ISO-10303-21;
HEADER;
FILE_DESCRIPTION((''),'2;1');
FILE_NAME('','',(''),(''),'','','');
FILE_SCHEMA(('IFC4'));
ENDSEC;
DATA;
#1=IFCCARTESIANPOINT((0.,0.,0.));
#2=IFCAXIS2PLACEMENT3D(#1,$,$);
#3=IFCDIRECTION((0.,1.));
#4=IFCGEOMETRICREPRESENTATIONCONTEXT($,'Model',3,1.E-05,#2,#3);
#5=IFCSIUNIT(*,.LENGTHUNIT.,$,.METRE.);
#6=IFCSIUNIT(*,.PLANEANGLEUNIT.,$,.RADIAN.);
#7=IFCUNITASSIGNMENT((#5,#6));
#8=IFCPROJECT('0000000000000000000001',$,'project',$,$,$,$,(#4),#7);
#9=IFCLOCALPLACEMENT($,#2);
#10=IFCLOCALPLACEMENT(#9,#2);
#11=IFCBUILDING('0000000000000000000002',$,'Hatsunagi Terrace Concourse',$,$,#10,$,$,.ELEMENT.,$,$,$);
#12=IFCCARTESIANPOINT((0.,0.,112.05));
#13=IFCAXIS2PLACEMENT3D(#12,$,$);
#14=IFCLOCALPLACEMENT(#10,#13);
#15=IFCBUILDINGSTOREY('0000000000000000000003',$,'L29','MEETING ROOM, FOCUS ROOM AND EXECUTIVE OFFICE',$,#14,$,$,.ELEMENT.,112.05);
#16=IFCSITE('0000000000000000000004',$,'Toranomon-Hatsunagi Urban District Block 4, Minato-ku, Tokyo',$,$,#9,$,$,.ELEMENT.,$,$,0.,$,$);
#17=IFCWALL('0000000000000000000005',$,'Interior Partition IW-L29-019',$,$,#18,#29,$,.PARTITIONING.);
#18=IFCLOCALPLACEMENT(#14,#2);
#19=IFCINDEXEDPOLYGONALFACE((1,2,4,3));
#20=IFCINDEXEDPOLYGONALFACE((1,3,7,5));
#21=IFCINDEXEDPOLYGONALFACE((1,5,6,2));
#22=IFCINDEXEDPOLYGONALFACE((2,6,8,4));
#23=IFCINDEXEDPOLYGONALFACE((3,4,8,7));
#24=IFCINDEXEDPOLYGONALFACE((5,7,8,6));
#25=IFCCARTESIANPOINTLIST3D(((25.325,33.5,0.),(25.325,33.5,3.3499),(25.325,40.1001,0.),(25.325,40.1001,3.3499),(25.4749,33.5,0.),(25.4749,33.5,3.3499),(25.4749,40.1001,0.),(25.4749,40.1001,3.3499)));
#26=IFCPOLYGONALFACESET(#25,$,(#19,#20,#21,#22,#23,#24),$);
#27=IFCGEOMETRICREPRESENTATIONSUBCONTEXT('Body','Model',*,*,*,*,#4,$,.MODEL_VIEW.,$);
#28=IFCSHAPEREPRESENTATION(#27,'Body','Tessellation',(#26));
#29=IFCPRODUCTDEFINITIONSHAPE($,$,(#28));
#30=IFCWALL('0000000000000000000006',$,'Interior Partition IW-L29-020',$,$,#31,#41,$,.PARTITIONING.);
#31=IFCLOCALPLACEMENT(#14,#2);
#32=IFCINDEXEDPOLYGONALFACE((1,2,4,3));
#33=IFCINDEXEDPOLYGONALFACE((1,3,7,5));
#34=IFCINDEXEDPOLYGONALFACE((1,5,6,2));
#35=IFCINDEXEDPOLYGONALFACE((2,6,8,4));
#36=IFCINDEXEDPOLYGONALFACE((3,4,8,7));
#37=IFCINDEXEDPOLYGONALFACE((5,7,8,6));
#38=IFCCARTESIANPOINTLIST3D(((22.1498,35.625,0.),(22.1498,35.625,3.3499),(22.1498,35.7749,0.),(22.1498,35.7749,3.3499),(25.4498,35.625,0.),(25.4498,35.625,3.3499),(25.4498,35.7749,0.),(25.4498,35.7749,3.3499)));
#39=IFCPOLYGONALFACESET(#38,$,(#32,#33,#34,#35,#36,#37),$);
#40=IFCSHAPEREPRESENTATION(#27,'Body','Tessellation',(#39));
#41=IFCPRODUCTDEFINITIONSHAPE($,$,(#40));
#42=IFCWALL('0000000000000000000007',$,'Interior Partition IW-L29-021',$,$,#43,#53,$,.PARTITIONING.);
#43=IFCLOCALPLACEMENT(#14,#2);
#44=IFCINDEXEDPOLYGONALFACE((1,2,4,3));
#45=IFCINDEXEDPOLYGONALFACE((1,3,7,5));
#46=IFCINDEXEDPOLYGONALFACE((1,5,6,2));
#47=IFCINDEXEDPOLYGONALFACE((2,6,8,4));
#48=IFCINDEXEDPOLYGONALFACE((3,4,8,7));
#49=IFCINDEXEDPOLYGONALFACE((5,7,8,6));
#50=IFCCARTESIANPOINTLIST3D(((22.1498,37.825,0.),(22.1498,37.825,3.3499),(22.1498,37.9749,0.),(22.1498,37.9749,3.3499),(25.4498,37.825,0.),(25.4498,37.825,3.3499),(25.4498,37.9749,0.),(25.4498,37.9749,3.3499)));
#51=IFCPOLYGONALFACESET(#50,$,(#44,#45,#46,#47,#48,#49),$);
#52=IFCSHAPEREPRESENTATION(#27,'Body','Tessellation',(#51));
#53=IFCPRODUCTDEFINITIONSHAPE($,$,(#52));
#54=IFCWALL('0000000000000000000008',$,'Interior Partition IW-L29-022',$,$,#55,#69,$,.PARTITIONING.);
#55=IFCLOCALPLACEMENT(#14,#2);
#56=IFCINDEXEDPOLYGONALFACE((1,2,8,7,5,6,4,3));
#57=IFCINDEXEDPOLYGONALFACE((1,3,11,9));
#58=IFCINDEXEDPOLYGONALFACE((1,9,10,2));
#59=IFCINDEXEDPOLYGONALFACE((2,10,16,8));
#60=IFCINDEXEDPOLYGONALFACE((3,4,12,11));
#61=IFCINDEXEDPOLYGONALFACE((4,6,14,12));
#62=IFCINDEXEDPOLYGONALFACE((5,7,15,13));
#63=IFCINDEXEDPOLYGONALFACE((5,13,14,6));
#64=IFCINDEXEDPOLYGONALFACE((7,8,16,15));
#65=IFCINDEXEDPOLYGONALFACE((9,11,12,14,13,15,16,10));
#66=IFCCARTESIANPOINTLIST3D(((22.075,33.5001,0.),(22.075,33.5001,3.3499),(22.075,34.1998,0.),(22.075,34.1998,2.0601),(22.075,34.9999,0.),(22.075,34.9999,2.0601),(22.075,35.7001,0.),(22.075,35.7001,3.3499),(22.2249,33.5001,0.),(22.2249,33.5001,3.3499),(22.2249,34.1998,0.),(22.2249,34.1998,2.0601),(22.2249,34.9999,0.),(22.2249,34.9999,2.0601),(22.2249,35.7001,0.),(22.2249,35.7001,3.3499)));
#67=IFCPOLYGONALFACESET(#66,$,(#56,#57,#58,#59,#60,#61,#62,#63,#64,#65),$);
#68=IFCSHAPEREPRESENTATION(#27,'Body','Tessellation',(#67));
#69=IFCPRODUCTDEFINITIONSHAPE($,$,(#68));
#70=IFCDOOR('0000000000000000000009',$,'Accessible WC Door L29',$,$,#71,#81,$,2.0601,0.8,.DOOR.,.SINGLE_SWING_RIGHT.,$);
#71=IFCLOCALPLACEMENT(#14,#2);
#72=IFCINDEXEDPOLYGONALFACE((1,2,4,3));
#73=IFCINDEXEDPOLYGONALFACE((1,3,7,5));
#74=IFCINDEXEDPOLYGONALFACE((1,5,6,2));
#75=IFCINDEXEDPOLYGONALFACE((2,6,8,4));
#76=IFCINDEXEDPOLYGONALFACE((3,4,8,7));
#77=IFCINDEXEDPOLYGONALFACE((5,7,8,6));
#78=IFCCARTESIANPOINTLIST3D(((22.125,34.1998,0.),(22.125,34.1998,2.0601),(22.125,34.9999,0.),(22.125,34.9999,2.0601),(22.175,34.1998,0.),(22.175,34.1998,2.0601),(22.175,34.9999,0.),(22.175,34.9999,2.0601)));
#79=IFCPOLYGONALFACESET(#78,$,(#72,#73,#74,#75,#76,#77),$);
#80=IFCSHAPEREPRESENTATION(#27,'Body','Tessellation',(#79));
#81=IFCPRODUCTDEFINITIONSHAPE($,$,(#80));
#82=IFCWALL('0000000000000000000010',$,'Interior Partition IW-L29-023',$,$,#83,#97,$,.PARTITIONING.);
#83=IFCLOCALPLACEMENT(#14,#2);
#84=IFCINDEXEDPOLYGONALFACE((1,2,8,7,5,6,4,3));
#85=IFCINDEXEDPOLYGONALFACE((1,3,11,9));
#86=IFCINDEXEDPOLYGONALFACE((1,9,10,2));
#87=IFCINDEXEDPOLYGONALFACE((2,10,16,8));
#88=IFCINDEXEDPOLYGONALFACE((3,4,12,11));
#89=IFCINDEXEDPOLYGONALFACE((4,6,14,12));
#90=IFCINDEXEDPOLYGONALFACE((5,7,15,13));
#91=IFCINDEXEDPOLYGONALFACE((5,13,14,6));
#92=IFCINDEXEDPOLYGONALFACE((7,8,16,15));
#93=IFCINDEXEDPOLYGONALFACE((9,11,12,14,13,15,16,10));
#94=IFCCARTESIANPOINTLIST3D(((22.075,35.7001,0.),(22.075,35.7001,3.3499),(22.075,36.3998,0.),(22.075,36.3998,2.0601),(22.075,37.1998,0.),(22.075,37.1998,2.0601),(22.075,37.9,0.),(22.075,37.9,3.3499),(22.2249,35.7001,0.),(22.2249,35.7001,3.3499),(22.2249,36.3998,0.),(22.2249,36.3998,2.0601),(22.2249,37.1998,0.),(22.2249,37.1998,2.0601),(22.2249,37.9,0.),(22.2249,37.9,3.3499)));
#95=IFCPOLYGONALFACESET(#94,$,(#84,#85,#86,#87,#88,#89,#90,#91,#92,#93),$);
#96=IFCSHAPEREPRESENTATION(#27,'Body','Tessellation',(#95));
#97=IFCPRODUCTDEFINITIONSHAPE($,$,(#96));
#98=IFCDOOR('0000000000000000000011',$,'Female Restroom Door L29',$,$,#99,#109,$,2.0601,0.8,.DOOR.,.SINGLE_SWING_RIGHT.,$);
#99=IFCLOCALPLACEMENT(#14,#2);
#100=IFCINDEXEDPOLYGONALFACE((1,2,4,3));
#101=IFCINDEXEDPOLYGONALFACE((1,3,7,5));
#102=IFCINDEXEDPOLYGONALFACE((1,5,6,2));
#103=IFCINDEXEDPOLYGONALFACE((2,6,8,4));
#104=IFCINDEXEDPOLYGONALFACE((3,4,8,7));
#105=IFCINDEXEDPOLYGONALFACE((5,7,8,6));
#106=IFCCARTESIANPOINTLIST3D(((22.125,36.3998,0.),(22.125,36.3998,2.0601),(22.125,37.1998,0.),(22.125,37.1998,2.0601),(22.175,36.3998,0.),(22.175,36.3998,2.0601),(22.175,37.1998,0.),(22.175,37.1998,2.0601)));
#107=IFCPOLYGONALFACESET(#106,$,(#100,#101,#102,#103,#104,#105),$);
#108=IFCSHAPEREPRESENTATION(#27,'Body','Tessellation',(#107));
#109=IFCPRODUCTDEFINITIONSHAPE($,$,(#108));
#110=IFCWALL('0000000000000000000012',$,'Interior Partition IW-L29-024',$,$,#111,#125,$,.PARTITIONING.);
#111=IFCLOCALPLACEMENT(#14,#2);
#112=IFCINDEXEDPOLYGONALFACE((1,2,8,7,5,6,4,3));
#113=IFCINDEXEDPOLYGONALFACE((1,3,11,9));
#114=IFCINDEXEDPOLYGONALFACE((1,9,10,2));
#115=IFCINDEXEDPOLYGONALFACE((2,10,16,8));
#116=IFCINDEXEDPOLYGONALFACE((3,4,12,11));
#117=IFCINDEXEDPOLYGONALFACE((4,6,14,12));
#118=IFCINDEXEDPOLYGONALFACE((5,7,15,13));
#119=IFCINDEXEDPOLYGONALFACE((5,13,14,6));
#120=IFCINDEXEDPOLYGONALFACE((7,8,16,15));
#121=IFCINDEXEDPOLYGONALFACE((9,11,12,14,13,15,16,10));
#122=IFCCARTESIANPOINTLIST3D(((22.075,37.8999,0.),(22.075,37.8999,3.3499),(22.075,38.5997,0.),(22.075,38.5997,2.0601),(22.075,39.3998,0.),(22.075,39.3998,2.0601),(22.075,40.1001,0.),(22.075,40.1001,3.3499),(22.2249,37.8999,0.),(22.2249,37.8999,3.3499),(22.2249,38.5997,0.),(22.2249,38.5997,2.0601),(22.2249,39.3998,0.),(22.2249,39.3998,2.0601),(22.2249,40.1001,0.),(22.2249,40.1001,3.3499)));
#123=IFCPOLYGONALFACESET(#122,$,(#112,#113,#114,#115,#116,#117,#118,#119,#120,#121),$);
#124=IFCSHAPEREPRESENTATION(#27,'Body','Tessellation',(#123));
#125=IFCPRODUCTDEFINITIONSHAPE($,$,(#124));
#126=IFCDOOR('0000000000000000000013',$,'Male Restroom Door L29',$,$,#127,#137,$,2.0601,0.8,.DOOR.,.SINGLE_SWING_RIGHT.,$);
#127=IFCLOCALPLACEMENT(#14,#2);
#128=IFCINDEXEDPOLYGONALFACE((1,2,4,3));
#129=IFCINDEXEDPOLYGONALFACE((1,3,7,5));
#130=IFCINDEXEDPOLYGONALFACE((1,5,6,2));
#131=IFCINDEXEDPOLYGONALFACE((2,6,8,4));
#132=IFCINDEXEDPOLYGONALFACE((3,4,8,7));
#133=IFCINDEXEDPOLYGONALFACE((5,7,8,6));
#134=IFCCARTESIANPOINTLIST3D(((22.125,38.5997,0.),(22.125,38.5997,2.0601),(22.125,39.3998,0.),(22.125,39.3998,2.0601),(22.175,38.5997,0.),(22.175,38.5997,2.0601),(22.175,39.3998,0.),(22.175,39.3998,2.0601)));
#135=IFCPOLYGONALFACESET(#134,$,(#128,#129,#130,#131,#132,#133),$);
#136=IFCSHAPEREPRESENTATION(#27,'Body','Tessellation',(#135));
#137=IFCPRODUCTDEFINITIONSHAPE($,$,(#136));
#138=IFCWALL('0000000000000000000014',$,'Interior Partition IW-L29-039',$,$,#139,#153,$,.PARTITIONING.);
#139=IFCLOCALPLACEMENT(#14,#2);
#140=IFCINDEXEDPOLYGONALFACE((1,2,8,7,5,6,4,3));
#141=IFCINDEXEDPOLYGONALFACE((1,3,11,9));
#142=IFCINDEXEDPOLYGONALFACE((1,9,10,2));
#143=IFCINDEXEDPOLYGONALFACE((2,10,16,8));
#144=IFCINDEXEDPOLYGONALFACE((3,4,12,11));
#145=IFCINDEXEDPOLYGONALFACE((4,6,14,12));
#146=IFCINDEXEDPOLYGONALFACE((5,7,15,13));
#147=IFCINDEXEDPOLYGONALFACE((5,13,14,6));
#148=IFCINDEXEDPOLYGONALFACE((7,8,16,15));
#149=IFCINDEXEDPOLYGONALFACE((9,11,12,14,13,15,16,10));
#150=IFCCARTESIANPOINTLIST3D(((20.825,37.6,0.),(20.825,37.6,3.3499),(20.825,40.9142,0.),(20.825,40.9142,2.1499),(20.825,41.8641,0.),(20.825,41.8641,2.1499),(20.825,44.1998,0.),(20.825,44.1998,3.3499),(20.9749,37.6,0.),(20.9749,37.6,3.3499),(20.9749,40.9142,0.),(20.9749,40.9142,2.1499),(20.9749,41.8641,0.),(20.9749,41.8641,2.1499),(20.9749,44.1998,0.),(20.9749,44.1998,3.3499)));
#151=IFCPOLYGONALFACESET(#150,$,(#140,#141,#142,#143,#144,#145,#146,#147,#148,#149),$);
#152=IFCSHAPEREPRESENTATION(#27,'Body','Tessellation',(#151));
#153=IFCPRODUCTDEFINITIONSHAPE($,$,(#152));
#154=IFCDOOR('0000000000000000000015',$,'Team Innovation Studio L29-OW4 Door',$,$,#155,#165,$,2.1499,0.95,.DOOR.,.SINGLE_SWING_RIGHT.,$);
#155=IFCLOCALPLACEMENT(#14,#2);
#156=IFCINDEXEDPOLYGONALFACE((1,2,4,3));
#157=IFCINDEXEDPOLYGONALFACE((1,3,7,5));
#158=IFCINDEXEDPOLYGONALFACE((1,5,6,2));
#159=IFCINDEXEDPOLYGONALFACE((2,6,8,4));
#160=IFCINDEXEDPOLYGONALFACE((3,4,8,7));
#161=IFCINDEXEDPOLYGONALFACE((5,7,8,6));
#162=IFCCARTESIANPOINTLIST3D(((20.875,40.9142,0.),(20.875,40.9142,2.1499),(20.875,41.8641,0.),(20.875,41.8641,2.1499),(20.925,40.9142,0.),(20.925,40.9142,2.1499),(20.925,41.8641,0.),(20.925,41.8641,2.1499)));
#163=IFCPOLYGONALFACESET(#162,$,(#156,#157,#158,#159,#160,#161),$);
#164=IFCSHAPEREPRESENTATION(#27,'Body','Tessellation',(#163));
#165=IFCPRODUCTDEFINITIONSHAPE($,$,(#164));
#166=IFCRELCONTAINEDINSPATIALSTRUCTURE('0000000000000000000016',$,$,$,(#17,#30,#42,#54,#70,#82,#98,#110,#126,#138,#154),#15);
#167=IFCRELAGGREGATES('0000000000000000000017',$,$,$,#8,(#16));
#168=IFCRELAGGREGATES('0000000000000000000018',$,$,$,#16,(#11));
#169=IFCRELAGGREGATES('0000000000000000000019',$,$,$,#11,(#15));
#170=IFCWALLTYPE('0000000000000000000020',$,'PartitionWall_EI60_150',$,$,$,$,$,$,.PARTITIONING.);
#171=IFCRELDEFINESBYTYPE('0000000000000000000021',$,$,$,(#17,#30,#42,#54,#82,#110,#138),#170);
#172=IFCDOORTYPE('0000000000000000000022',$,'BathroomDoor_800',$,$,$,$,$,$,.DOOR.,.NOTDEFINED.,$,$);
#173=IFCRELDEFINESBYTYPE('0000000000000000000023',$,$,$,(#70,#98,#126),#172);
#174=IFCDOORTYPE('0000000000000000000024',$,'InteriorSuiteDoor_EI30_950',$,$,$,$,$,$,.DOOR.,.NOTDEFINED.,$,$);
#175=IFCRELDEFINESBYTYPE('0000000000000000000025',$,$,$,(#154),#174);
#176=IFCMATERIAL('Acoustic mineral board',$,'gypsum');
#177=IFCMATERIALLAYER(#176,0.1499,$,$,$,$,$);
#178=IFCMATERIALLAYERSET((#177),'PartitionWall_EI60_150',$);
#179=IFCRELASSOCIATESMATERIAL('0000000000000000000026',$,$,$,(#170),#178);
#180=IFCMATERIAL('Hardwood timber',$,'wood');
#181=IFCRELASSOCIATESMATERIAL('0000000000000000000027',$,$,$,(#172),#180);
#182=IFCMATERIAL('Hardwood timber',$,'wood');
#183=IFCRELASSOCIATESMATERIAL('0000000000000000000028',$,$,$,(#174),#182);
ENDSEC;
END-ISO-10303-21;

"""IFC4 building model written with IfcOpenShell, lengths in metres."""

from ifc_helpers import new_model, si_unit, direction, frame, frame_2d, origin, place, context, subcontext, project, spatial, rectangle, extrude, material, layer, layer_set, type_object, element, fill, save


model = new_model("IFC4")

# Units and contexts
model_context = context("Model", 3, precision=1e-05, world=origin(), true_north=direction((0.0, 1.0)))
body_context = subcontext(model_context, "Body", "Model", "MODEL_VIEW")
ifc_project = project(units=[si_unit("LENGTHUNIT", "METRE"), si_unit("PLANEANGLEUNIT", "RADIAN")], contexts=[model_context])

# Site, building, storey
site_placement = place(None, origin())
site = spatial("IfcSite", under=ifc_project, at=site_placement, Name="Toranomon-Hatsunagi Urban District Block 4, Minato-ku, Tokyo", CompositionType="ELEMENT", RefElevation=0.0)
building_placement = place(site_placement, origin())
building = spatial("IfcBuilding", under=site, at=building_placement, Name="Hatsunagi Terrace Concourse", CompositionType="ELEMENT")
storey_placement = place(building_placement, frame((0.0, 0.0, 112.05)))
storey = spatial("IfcBuildingStorey", under=building, at=storey_placement, Name="L29", Description="MEETING ROOM, FOCUS ROOM AND EXECUTIVE OFFICE", CompositionType="ELEMENT", Elevation=112.05)

# Walls
ifc_material_1 = material(Name="Acoustic mineral board", Category="gypsum")
ifc_layer_1 = layer(ifc_material_1, 0.1499)
ifc_layer_set_1 = layer_set([ifc_layer_1], Name="PartitionWall_EI60_150")
wall_type = type_object("IfcWallType", Name="PartitionWall_EI60_150", PredefinedType="PARTITIONING", material=ifc_layer_set_1)
wall_1_placement = place(storey_placement, frame((25.3999, 33.5, 0.0), z_axis=(0.0, 0.0, 1.0), x_axis=(0.0, 1.0, 0.0)))
element("IfcWall", 1, at=wall_1_placement, inside=storey, type_object=wall_type, Name="Interior Partition IW-L29-019", PredefinedType="PARTITIONING", context=body_context, shape_type="SweptSolid", body=[
    extrude(rectangle(XDim=6.6001, YDim=0.1499, at=frame_2d((3.3, 0.0))), origin(), (0.0, 0.0, 1.0), 3.3499),
])
for number, where, z_axis, x_axis, name in (
    (2, (22.1499, 35.7, 0.0), (0.0, 0.0, 1.0), (1.0, 0.0, 0.0), "Interior Partition IW-L29-020"),
    (3, (22.1499, 37.8999, 0.0), (0.0, 0.0, 1.0), (1.0, 0.0, 0.0), "Interior Partition IW-L29-021"),
):
    element("IfcWall", number, at=place(storey_placement, frame(where, z_axis=z_axis, x_axis=x_axis)), inside=storey, type_object=wall_type, Name=name, PredefinedType="PARTITIONING", context=body_context, shape_type="SweptSolid", body=[
        extrude(rectangle(XDim=3.3, YDim=0.1499, at=frame_2d((1.6499, 0.0))), origin(), (0.0, 0.0, 1.0), 3.3499),
    ])

# Walls, openings, doors
wall_2_placement = place(storey_placement, frame((22.1499, 33.5, 0.0), z_axis=(0.0, 0.0, 1.0), x_axis=(0.0, 1.0, 0.0)))
wall_2 = element("IfcWall", 4, at=wall_2_placement, inside=storey, type_object=wall_type, Name="Interior Partition IW-L29-022", PredefinedType="PARTITIONING", context=body_context, shape_type="SweptSolid", body=[
    extrude(rectangle(XDim=2.2, YDim=0.1499, at=frame_2d((1.1001, 0.0))), origin(), (0.0, 0.0, 1.0), 3.3499),
])
opening_1_placement = place(wall_2_placement, frame((0.7, 0.0, 0.0)))
opening_1 = element("IfcOpeningElement", 5, at=opening_1_placement, cuts=wall_2, PredefinedType="OPENING", context=body_context, shape_type="SweptSolid", body=[
    extrude(rectangle(XDim=0.8, YDim=2.0601, at=frame_2d((0.3999, 1.03))), frame((0.0, 0.085, 0.0), z_axis=(0.0, -1.0, 0.0), x_axis=(1.0, 0.0, 0.0)), (0.0, 0.0, 1.0), 0.1699),
])
ifc_material_2 = material(Name="Hardwood timber", Category="wood")
door_type_1 = type_object("IfcDoorType", Name="BathroomDoor_800", OperationType="NOTDEFINED", PredefinedType="DOOR", material=ifc_material_2)
door_1_placement = place(opening_1_placement, origin())
door_1 = element("IfcDoor", 6, at=door_1_placement, inside=storey, type_object=door_type_1, Name="Accessible WC Door L29", OperationType="SINGLE_SWING_RIGHT", OverallHeight=2.0601, OverallWidth=0.8, PredefinedType="DOOR", context=body_context, shape_type="SweptSolid", body=[
    extrude(rectangle(XDim=0.8, YDim=2.0601, at=frame_2d((0.3999, 1.03))), frame((0.0, 0.0249, 0.0), z_axis=(0.0, -1.0, 0.0), x_axis=(1.0, 0.0, 0.0)), (0.0, 0.0, 1.0), 0.05),
])
fill(opening_1, door_1)
wall_3_placement = place(storey_placement, frame((22.1499, 35.7, 0.0), z_axis=(0.0, 0.0, 1.0), x_axis=(0.0, 1.0, 0.0)))
wall_3 = element("IfcWall", 7, at=wall_3_placement, inside=storey, type_object=wall_type, Name="Interior Partition IW-L29-023", PredefinedType="PARTITIONING", context=body_context, shape_type="SweptSolid", body=[
    extrude(rectangle(XDim=2.2, YDim=0.1499, at=frame_2d((1.1001, 0.0))), origin(), (0.0, 0.0, 1.0), 3.3499),
])
opening_2_placement = place(wall_3_placement, frame((0.7, 0.0, 0.0)))
opening_2 = element("IfcOpeningElement", 8, at=opening_2_placement, cuts=wall_3, PredefinedType="OPENING", context=body_context, shape_type="SweptSolid", body=[
    extrude(rectangle(XDim=0.8, YDim=2.0601, at=frame_2d((0.3999, 1.03))), frame((0.0, 0.085, 0.0), z_axis=(0.0, -1.0, 0.0), x_axis=(1.0, 0.0, 0.0)), (0.0, 0.0, 1.0), 0.1699),
])
door_2_placement = place(opening_2_placement, origin())
door_2 = element("IfcDoor", 9, at=door_2_placement, inside=storey, type_object=door_type_1, Name="Female Restroom Door L29", OperationType="SINGLE_SWING_RIGHT", OverallHeight=2.0601, OverallWidth=0.8, PredefinedType="DOOR", context=body_context, shape_type="SweptSolid", body=[
    extrude(rectangle(XDim=0.8, YDim=2.0601, at=frame_2d((0.3999, 1.03))), frame((0.0, 0.0249, 0.0), z_axis=(0.0, -1.0, 0.0), x_axis=(1.0, 0.0, 0.0)), (0.0, 0.0, 1.0), 0.05),
])
fill(opening_2, door_2)
wall_4_placement = place(storey_placement, frame((22.1499, 37.8999, 0.0), z_axis=(0.0, 0.0, 1.0), x_axis=(0.0, 1.0, 0.0)))
wall_4 = element("IfcWall", 10, at=wall_4_placement, inside=storey, type_object=wall_type, Name="Interior Partition IW-L29-024", PredefinedType="PARTITIONING", context=body_context, shape_type="SweptSolid", body=[
    extrude(rectangle(XDim=2.2002, YDim=0.1499, at=frame_2d((1.1001, 0.0))), origin(), (0.0, 0.0, 1.0), 3.3499),
])
opening_3_placement = place(wall_4_placement, frame((0.7, 0.0, 0.0)))
opening_3 = element("IfcOpeningElement", 11, at=opening_3_placement, cuts=wall_4, PredefinedType="OPENING", context=body_context, shape_type="SweptSolid", body=[
    extrude(rectangle(XDim=0.8, YDim=2.0601, at=frame_2d((0.3999, 1.03))), frame((0.0, 0.085, 0.0), z_axis=(0.0, -1.0, 0.0), x_axis=(1.0, 0.0, 0.0)), (0.0, 0.0, 1.0), 0.1699),
])
door_3_placement = place(opening_3_placement, origin())
door_3 = element("IfcDoor", 12, at=door_3_placement, inside=storey, type_object=door_type_1, Name="Male Restroom Door L29", OperationType="SINGLE_SWING_RIGHT", OverallHeight=2.0601, OverallWidth=0.8, PredefinedType="DOOR", context=body_context, shape_type="SweptSolid", body=[
    extrude(rectangle(XDim=0.8, YDim=2.0601, at=frame_2d((0.3999, 1.03))), frame((0.0, 0.0249, 0.0), z_axis=(0.0, -1.0, 0.0), x_axis=(1.0, 0.0, 0.0)), (0.0, 0.0, 1.0), 0.05),
])
fill(opening_3, door_3)
wall_5_placement = place(storey_placement, frame((20.8999, 37.6001, 0.0), z_axis=(0.0, 0.0, 1.0), x_axis=(0.0, 1.0, 0.0)))
wall_5 = element("IfcWall", 13, at=wall_5_placement, inside=storey, type_object=wall_type, Name="Interior Partition IW-L29-039", PredefinedType="PARTITIONING", context=body_context, shape_type="SweptSolid", body=[
    extrude(rectangle(XDim=6.5999, YDim=0.1499, at=frame_2d((3.2998, 0.0))), origin(), (0.0, 0.0, 1.0), 3.3499),
])
opening_4_placement = place(wall_5_placement, frame((3.314, 0.0, 0.0)))
opening_4 = element("IfcOpeningElement", 14, at=opening_4_placement, cuts=wall_5, PredefinedType="OPENING", context=body_context, shape_type="SweptSolid", body=[
    extrude(rectangle(XDim=0.95, YDim=2.1499, at=frame_2d((0.4751, 1.075))), frame((0.0, 0.085, 0.0), z_axis=(0.0, -1.0, 0.0), x_axis=(1.0, 0.0, 0.0)), (0.0, 0.0, 1.0), 0.1699),
])
ifc_material_3 = material(Name="Hardwood timber", Category="wood")
door_type_2 = type_object("IfcDoorType", Name="InteriorSuiteDoor_EI30_950", OperationType="NOTDEFINED", PredefinedType="DOOR", material=ifc_material_3)
door_4_placement = place(opening_4_placement, origin())
door_4 = element("IfcDoor", 15, at=door_4_placement, inside=storey, type_object=door_type_2, Name="Team Innovation Studio L29-OW4 Door", OperationType="SINGLE_SWING_RIGHT", OverallHeight=2.1499, OverallWidth=0.95, PredefinedType="DOOR", context=body_context, shape_type="SweptSolid", body=[
    extrude(rectangle(XDim=0.95, YDim=2.1499, at=frame_2d((0.4751, 1.075))), frame((0.0, 0.0249, 0.0), z_axis=(0.0, -1.0, 0.0), x_axis=(1.0, 0.0, 0.0)), (0.0, 0.0, 1.0), 0.05),
])
fill(opening_4, door_4)

save(model, "model.ifc")
